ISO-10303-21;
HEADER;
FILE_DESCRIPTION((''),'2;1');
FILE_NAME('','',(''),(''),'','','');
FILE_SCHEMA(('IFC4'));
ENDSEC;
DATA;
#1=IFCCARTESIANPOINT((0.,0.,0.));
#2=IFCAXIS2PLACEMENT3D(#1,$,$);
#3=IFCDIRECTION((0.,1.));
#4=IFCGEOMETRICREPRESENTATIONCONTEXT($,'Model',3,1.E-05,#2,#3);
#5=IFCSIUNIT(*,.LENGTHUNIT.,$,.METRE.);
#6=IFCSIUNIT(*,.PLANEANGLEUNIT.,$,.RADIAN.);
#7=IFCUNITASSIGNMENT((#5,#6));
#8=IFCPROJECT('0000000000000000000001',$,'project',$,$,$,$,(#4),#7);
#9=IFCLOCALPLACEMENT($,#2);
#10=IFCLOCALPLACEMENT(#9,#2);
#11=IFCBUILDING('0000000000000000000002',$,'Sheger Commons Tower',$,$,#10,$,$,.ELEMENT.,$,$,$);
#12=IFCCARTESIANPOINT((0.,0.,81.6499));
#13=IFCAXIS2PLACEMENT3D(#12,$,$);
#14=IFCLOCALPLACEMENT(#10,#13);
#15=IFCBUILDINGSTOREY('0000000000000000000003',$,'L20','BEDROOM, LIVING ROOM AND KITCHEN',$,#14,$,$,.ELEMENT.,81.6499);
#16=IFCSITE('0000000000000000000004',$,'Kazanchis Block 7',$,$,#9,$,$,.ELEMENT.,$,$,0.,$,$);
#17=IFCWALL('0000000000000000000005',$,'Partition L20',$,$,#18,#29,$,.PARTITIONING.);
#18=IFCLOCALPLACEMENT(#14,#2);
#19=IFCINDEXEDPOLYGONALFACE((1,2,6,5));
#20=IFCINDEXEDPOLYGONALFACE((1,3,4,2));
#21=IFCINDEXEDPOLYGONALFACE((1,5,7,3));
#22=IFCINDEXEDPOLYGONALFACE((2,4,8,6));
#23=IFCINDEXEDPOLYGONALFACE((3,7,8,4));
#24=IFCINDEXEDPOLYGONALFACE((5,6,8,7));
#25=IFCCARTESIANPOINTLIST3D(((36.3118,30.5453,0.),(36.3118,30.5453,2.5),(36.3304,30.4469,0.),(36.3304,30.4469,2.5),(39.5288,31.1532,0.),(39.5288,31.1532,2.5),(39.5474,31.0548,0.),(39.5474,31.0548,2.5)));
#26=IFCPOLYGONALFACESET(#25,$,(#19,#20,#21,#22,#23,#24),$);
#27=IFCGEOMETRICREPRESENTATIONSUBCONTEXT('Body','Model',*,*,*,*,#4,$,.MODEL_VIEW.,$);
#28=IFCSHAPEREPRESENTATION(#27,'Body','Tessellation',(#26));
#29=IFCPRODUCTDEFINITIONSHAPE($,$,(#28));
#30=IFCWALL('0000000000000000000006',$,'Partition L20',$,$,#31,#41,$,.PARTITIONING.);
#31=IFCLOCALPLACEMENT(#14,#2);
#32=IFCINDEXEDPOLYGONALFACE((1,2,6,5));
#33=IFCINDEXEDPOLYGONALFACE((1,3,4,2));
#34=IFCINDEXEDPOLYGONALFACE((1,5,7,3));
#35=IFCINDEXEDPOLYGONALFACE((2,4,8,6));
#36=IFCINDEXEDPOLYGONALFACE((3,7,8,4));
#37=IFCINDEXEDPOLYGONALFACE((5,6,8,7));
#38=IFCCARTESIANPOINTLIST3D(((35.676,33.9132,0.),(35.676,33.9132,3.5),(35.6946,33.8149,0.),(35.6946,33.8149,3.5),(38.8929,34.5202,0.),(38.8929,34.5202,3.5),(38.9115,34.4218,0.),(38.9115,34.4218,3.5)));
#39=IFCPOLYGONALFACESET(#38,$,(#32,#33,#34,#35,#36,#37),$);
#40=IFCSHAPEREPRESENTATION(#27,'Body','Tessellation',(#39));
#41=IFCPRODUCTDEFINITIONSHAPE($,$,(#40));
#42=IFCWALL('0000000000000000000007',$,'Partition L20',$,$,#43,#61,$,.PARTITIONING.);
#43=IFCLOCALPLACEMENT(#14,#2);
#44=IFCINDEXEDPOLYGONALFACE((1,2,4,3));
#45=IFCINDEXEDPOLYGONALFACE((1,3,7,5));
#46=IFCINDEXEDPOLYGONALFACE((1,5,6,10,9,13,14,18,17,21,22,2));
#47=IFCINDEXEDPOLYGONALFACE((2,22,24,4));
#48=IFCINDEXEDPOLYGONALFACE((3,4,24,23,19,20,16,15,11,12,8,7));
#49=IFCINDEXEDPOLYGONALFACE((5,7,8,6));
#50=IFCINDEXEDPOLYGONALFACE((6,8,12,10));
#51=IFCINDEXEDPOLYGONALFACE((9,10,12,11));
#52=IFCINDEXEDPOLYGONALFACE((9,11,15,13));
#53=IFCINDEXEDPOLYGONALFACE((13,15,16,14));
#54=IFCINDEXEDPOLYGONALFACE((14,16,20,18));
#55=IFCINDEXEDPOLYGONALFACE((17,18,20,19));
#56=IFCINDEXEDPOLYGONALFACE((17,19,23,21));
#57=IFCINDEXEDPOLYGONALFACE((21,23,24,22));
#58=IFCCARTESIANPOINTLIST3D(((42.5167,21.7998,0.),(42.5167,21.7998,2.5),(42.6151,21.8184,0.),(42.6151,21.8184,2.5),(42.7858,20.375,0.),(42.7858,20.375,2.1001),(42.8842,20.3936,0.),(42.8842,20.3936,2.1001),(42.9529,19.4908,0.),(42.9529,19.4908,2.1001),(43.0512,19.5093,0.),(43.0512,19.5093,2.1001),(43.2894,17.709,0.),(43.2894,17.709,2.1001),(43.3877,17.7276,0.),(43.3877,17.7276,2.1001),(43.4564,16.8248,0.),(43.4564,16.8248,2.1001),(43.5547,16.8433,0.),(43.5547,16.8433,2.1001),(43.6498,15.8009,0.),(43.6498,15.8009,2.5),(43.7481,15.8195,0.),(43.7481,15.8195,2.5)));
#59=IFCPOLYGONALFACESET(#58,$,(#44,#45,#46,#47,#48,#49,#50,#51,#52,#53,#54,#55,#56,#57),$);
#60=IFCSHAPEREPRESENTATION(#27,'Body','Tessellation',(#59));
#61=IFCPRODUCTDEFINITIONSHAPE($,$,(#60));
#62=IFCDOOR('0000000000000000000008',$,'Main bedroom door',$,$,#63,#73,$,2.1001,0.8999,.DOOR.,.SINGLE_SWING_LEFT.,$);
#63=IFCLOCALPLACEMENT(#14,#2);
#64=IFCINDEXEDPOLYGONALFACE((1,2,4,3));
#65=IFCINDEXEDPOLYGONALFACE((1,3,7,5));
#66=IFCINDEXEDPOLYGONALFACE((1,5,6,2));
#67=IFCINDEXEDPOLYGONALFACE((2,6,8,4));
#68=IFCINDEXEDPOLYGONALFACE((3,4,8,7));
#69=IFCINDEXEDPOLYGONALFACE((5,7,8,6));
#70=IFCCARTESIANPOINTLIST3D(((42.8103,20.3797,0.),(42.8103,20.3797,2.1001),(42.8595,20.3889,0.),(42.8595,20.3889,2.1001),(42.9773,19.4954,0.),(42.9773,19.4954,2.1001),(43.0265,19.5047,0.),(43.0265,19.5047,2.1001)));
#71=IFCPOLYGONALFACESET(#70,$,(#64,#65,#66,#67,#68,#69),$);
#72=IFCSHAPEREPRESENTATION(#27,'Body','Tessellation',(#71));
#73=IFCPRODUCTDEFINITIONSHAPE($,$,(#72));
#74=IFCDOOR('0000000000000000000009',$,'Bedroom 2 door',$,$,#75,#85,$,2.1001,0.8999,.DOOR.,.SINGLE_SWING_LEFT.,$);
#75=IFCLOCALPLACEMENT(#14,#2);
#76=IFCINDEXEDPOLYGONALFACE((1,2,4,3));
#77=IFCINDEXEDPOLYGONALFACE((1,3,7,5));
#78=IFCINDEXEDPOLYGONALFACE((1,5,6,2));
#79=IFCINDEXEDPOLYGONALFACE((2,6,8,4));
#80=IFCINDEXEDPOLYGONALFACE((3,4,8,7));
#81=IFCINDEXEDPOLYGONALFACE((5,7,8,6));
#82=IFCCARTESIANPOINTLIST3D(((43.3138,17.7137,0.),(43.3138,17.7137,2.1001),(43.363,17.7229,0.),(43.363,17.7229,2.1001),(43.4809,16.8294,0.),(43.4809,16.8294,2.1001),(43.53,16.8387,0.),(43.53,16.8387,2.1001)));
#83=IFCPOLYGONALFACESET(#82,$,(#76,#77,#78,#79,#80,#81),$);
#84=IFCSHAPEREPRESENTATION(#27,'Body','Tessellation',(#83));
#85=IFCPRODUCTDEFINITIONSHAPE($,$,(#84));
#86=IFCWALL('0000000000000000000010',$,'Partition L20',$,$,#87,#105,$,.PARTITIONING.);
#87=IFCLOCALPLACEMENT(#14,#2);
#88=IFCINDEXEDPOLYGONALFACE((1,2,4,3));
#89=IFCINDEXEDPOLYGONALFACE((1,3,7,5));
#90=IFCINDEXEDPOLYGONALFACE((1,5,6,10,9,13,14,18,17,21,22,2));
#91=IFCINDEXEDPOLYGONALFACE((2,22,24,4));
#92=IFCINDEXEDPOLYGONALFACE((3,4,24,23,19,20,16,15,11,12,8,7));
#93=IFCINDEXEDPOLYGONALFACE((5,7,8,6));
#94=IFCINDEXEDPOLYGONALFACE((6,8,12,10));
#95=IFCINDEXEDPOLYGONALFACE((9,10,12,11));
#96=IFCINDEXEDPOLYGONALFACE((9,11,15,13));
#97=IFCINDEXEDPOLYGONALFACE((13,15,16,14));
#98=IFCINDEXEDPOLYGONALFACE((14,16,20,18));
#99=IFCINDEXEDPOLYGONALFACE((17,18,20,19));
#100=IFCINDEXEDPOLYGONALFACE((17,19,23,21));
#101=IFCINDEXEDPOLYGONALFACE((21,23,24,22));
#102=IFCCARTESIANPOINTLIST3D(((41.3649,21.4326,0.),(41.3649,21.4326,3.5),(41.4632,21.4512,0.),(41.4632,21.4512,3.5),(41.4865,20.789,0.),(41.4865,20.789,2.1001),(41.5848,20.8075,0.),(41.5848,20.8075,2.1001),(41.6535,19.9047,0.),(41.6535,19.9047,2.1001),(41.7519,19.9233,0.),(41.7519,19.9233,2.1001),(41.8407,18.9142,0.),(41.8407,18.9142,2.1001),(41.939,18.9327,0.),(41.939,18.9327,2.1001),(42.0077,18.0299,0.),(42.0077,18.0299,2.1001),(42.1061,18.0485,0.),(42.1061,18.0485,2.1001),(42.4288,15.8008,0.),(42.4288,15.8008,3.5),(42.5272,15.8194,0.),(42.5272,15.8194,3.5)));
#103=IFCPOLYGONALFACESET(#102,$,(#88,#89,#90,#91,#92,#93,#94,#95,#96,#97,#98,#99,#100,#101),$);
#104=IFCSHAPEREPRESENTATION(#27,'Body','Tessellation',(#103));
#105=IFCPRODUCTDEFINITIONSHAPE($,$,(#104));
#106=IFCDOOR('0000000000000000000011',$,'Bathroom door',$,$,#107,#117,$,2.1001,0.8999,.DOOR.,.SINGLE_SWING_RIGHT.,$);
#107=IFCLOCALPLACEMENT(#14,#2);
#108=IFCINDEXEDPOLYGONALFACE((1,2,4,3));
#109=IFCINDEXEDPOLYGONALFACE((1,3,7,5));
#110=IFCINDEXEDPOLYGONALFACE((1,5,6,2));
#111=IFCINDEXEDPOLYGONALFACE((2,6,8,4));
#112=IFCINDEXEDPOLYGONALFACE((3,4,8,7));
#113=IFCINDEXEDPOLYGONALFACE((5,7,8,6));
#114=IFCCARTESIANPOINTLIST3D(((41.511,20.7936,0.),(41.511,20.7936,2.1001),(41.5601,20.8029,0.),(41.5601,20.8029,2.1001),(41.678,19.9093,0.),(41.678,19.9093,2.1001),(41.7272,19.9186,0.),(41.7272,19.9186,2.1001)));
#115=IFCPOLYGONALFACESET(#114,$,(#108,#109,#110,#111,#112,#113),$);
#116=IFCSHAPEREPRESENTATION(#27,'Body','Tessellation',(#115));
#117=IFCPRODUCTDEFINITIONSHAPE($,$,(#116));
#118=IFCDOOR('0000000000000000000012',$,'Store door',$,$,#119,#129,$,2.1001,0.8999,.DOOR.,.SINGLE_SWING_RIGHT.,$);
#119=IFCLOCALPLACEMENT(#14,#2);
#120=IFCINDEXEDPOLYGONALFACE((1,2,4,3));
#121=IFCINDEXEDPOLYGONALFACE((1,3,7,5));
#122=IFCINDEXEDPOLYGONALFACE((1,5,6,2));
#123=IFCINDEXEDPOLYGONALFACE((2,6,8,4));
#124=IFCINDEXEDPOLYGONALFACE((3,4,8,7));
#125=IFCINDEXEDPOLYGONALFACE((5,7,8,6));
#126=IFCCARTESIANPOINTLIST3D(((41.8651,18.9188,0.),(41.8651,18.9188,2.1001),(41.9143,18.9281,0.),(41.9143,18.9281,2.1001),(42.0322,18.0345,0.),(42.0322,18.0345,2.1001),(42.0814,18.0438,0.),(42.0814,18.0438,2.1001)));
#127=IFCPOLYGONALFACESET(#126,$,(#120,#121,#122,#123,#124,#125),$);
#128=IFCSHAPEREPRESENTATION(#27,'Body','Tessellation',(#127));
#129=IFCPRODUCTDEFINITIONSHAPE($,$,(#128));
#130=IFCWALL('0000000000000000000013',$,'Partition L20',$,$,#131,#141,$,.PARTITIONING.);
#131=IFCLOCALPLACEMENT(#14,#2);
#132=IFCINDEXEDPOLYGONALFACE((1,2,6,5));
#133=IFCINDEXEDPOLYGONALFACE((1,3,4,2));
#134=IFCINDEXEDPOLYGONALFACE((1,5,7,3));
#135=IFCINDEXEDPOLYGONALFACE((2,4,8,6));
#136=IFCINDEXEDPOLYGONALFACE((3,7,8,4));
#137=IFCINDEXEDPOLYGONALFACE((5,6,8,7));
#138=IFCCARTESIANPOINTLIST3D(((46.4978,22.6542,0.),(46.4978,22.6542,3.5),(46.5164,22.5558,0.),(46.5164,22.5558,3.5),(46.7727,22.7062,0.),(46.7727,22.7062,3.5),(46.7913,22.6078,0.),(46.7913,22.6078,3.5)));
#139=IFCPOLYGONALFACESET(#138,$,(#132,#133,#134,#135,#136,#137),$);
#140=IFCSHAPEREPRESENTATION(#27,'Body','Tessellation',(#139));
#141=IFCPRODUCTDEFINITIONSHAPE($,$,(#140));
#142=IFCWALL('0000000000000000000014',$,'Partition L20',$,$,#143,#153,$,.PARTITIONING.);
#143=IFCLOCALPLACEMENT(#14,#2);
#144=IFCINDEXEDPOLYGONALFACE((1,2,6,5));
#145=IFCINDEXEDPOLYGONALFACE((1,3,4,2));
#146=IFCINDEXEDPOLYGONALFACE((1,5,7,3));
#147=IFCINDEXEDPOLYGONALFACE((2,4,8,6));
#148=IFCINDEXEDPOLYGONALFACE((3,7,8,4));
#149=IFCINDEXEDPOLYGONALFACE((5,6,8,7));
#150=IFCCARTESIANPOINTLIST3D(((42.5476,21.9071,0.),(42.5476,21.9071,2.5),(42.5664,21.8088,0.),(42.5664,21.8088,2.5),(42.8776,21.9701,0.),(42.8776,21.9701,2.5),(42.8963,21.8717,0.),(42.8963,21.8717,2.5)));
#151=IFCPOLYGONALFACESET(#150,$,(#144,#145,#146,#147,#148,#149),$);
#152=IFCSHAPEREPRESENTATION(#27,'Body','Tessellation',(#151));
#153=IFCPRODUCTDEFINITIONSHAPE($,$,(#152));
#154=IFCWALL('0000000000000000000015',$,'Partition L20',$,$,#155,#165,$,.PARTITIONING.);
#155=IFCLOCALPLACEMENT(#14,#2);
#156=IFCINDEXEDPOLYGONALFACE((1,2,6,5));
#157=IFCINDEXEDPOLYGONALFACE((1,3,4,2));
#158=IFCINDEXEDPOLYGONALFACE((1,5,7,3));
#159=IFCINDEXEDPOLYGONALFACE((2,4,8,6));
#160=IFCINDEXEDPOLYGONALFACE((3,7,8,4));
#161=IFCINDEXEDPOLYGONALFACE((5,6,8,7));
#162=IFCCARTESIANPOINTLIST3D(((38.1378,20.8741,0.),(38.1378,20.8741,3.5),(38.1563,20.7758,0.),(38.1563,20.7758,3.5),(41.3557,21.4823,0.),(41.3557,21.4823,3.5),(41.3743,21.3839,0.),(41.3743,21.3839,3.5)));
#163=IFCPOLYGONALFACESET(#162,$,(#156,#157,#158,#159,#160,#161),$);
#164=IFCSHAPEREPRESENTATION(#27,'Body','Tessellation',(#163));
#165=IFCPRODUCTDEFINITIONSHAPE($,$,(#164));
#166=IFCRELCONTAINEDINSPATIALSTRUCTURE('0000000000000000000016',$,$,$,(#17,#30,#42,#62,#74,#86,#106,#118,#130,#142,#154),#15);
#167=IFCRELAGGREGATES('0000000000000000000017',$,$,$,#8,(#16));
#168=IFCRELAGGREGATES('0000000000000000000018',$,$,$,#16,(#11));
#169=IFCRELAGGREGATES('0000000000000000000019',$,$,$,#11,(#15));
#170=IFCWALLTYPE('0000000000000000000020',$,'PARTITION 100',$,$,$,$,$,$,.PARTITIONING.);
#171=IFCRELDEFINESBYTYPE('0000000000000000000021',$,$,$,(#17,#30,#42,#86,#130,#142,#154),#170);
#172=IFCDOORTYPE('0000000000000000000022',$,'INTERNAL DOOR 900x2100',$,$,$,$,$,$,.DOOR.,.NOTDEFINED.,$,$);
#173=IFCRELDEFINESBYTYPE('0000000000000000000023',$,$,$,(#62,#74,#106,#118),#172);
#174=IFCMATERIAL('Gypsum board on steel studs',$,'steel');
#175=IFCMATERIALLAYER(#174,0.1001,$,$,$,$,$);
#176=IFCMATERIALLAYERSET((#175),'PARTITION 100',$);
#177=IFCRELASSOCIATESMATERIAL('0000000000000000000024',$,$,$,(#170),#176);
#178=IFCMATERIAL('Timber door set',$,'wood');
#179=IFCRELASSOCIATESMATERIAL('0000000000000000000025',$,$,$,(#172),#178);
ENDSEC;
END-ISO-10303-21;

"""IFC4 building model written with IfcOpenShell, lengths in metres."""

from ifc_helpers import new_model, si_unit, direction, frame, frame_2d, origin, place, context, subcontext, project, spatial, rectangle, extrude, material, layer, layer_set, type_object, element, fill, save


model = new_model("IFC4")

# Units and contexts
model_context = context("Model", 3, precision=1e-05, world=origin(), true_north=direction((0.0, 1.0)))
body_context = subcontext(model_context, "Body", "Model", "MODEL_VIEW")
ifc_project = project(units=[si_unit("LENGTHUNIT", "METRE"), si_unit("PLANEANGLEUNIT", "RADIAN")], contexts=[model_context])

# Site, building, storey
site_placement = place(None, origin())
site = spatial("IfcSite", under=ifc_project, at=site_placement, Name="Kazanchis Block 7", CompositionType="ELEMENT", RefElevation=0.0)
building_placement = place(site_placement, origin())
building = spatial("IfcBuilding", under=site, at=building_placement, Name="Sheger Commons Tower", CompositionType="ELEMENT")
storey_placement = place(building_placement, frame((0.0, 0.0, 81.6499)))
storey = spatial("IfcBuildingStorey", under=building, at=storey_placement, Name="L20", Description="BEDROOM, LIVING ROOM AND KITCHEN", CompositionType="ELEMENT", Elevation=81.6499)

# Walls
ifc_material_1 = material(Name="Gypsum board on steel studs", Category="steel")
ifc_layer_1 = layer(ifc_material_1, 0.1001)
ifc_layer_set_1 = layer_set([ifc_layer_1], Name="PARTITION 100")
wall_type_1 = type_object("IfcWallType", Name="PARTITION 100", PredefinedType="PARTITIONING", material=ifc_layer_set_1)
wall_1_placement = place(storey_placement, frame((39.5381, 31.104, 0.0), z_axis=(0.0, 0.0, 1.0), x_axis=(-0.98261, -0.18568, 0.0)))
element("IfcWall", 1, at=wall_1_placement, inside=storey, type_object=wall_type_1, Name="Partition L20", PredefinedType="PARTITIONING", context=body_context, shape_type="SweptSolid", body=[
    extrude(rectangle(XDim=3.2739, YDim=0.1001, at=frame_2d((1.637, 0.0))), origin(), (0.0, 0.0, 1.0), 2.5),
])
wall_2_placement = place(storey_placement, frame((38.9021, 34.4709, 0.0), z_axis=(0.0, 0.0, 1.0), x_axis=(-0.982665, -0.185392, 0.0)))
element("IfcWall", 2, at=wall_2_placement, inside=storey, type_object=wall_type_1, Name="Partition L20", PredefinedType="PARTITIONING", context=body_context, shape_type="SweptSolid", body=[
    extrude(rectangle(XDim=3.2737, YDim=0.1001, at=frame_2d((1.6367, 0.0))), origin(), (0.0, 0.0, 1.0), 3.5),
])

# Walls, openings, doors
wall_3_placement = place(storey_placement, frame((42.5659, 21.8091, 0.0), z_axis=(0.0, 0.0, 1.0), x_axis=(0.185592, -0.982627, 0.0)))
wall_3 = element("IfcWall", 3, at=wall_3_placement, inside=storey, type_object=wall_type_1, Name="Partition L20", PredefinedType="PARTITIONING", context=body_context, shape_type="SweptSolid", body=[
    extrude(rectangle(XDim=6.105, YDim=0.1001, at=frame_2d((3.0525, 0.0))), origin(), (0.0, 0.0, 1.0), 2.5),
])
opening_1_placement = place(wall_3_placement, frame((1.45, 0.0, 0.0)))
opening_1 = element("IfcOpeningElement", 4, at=opening_1_placement, cuts=wall_3, PredefinedType="OPENING", context=body_context, shape_type="SweptSolid", body=[
    extrude(rectangle(XDim=0.8999, YDim=2.1001, at=frame_2d((0.45, 1.05))), frame((0.0, 0.0601, 0.0), z_axis=(0.0, -1.0, 0.0), x_axis=(1.0, 0.0, 0.0)), (0.0, 0.0, 1.0), 0.1201),
])
opening_2_placement = place(wall_3_placement, frame((4.1631, 0.0, 0.0)))
opening_2 = element("IfcOpeningElement", 5, at=opening_2_placement, cuts=wall_3, PredefinedType="OPENING", context=body_context, shape_type="SweptSolid", body=[
    extrude(rectangle(XDim=0.8999, YDim=2.1001, at=frame_2d((0.45, 1.05))), frame((0.0, 0.0601, 0.0), z_axis=(0.0, -1.0, 0.0), x_axis=(1.0, 0.0, 0.0)), (0.0, 0.0, 1.0), 0.1201),
])
ifc_material_2 = material(Name="Timber door set", Category="wood")
door_type_1 = type_object("IfcDoorType", Name="INTERNAL DOOR 900x2100", OperationType="NOTDEFINED", PredefinedType="DOOR", material=ifc_material_2)
door_1_placement = place(opening_1_placement, origin())
door_1 = element("IfcDoor", 6, at=door_1_placement, inside=storey, type_object=door_type_1, Name="Main bedroom door", OperationType="SINGLE_SWING_LEFT", OverallHeight=2.1001, OverallWidth=0.8999, PredefinedType="DOOR", context=body_context, shape_type="SweptSolid", body=[
    extrude(rectangle(XDim=0.8999, YDim=2.1001, at=frame_2d((0.45, 1.05))), frame((0.0, 0.0249, 0.0), z_axis=(0.0, -1.0, 0.0), x_axis=(1.0, 0.0, 0.0)), (0.0, 0.0, 1.0), 0.05),
])
fill(opening_1, door_1)
door_2_placement = place(opening_2_placement, origin())
door_2 = element("IfcDoor", 7, at=door_2_placement, inside=storey, type_object=door_type_1, Name="Bedroom 2 door", OperationType="SINGLE_SWING_LEFT", OverallHeight=2.1001, OverallWidth=0.8999, PredefinedType="DOOR", context=body_context, shape_type="SweptSolid", body=[
    extrude(rectangle(XDim=0.8999, YDim=2.1001, at=frame_2d((0.45, 1.05))), frame((0.0, 0.0249, 0.0), z_axis=(0.0, -1.0, 0.0), x_axis=(1.0, 0.0, 0.0)), (0.0, 0.0, 1.0), 0.05),
])
fill(opening_2, door_2)
wall_4_placement = place(storey_placement, frame((41.4141, 21.4419, 0.0), z_axis=(0.0, 0.0, 1.0), x_axis=(0.185636, -0.982619, 0.0)))
wall_4 = element("IfcWall", 8, at=wall_4_placement, inside=storey, type_object=wall_type_1, Name="Partition L20", PredefinedType="PARTITIONING", context=body_context, shape_type="SweptSolid", body=[
    extrude(rectangle(XDim=5.7314, YDim=0.1001, at=frame_2d((2.8657, 0.0))), origin(), (0.0, 0.0, 1.0), 3.5),
])
opening_3_placement = place(wall_4_placement, frame((0.655, 0.0, 0.0)))
opening_3 = element("IfcOpeningElement", 9, at=opening_3_placement, cuts=wall_4, PredefinedType="OPENING", context=body_context, shape_type="SweptSolid", body=[
    extrude(rectangle(XDim=0.8999, YDim=2.1001, at=frame_2d((0.45, 1.05))), frame((0.0, 0.0601, 0.0), z_axis=(0.0, -1.0, 0.0), x_axis=(1.0, 0.0, 0.0)), (0.0, 0.0, 1.0), 0.1201),
])
opening_4_placement = place(wall_4_placement, frame((2.563, 0.0, 0.0)))
opening_4 = element("IfcOpeningElement", 10, at=opening_4_placement, cuts=wall_4, PredefinedType="OPENING", context=body_context, shape_type="SweptSolid", body=[
    extrude(rectangle(XDim=0.8999, YDim=2.1001, at=frame_2d((0.45, 1.05))), frame((0.0, 0.0601, 0.0), z_axis=(0.0, -1.0, 0.0), x_axis=(1.0, 0.0, 0.0)), (0.0, 0.0, 1.0), 0.1201),
])
door_3_placement = place(opening_3_placement, origin())
door_3 = element("IfcDoor", 11, at=door_3_placement, inside=storey, type_object=door_type_1, Name="Bathroom door", OperationType="SINGLE_SWING_RIGHT", OverallHeight=2.1001, OverallWidth=0.8999, PredefinedType="DOOR", context=body_context, shape_type="SweptSolid", body=[
    extrude(rectangle(XDim=0.8999, YDim=2.1001, at=frame_2d((0.45, 1.05))), frame((0.0, 0.0249, 0.0), z_axis=(0.0, -1.0, 0.0), x_axis=(1.0, 0.0, 0.0)), (0.0, 0.0, 1.0), 0.05),
])
fill(opening_3, door_3)
door_4_placement = place(opening_4_placement, origin())
door_4 = element("IfcDoor", 12, at=door_4_placement, inside=storey, type_object=door_type_1, Name="Store door", OperationType="SINGLE_SWING_RIGHT", OverallHeight=2.1001, OverallWidth=0.8999, PredefinedType="DOOR", context=body_context, shape_type="SweptSolid", body=[
    extrude(rectangle(XDim=0.8999, YDim=2.1001, at=frame_2d((0.45, 1.05))), frame((0.0, 0.0249, 0.0), z_axis=(0.0, -1.0, 0.0), x_axis=(1.0, 0.0, 0.0)), (0.0, 0.0, 1.0), 0.05),
])
fill(opening_4, door_4)

# Walls
wall_5_placement = place(storey_placement, frame((46.782, 22.657, 0.0), z_axis=(0.0, 0.0, 1.0), x_axis=(-0.982575, -0.185869, 0.0)))
element("IfcWall", 13, at=wall_5_placement, inside=storey, type_object=wall_type_1, Name="Partition L20", PredefinedType="PARTITIONING", context=body_context, shape_type="SweptSolid", body=[
    extrude(rectangle(XDim=0.2798, YDim=0.1001, at=frame_2d((0.1399, 0.0))), origin(), (0.0, 0.0, 1.0), 3.5),
])
wall_6_placement = place(storey_placement, frame((42.887, 21.9209, 0.0), z_axis=(0.0, 0.0, 1.0), x_axis=(-0.982275, -0.187446, 0.0)))
element("IfcWall", 14, at=wall_6_placement, inside=storey, type_object=wall_type_1, Name="Partition L20", PredefinedType="PARTITIONING", context=body_context, shape_type="SweptSolid", body=[
    extrude(rectangle(XDim=0.3359, YDim=0.1001, at=frame_2d((0.168, 0.0))), origin(), (0.0, 0.0, 1.0), 2.5),
])
wall_7_placement = place(storey_placement, frame((41.365, 21.4331, 0.0), z_axis=(0.0, 0.0, 1.0), x_axis=(-0.982607, -0.185697, 0.0)))
element("IfcWall", 15, at=wall_7_placement, inside=storey, type_object=wall_type_1, Name="Partition L20", PredefinedType="PARTITIONING", context=body_context, shape_type="SweptSolid", body=[
    extrude(rectangle(XDim=3.2749, YDim=0.1001, at=frame_2d((1.6375, 0.0))), origin(), (0.0, 0.0, 1.0), 3.5),
])

save(model, "model.ifc")
